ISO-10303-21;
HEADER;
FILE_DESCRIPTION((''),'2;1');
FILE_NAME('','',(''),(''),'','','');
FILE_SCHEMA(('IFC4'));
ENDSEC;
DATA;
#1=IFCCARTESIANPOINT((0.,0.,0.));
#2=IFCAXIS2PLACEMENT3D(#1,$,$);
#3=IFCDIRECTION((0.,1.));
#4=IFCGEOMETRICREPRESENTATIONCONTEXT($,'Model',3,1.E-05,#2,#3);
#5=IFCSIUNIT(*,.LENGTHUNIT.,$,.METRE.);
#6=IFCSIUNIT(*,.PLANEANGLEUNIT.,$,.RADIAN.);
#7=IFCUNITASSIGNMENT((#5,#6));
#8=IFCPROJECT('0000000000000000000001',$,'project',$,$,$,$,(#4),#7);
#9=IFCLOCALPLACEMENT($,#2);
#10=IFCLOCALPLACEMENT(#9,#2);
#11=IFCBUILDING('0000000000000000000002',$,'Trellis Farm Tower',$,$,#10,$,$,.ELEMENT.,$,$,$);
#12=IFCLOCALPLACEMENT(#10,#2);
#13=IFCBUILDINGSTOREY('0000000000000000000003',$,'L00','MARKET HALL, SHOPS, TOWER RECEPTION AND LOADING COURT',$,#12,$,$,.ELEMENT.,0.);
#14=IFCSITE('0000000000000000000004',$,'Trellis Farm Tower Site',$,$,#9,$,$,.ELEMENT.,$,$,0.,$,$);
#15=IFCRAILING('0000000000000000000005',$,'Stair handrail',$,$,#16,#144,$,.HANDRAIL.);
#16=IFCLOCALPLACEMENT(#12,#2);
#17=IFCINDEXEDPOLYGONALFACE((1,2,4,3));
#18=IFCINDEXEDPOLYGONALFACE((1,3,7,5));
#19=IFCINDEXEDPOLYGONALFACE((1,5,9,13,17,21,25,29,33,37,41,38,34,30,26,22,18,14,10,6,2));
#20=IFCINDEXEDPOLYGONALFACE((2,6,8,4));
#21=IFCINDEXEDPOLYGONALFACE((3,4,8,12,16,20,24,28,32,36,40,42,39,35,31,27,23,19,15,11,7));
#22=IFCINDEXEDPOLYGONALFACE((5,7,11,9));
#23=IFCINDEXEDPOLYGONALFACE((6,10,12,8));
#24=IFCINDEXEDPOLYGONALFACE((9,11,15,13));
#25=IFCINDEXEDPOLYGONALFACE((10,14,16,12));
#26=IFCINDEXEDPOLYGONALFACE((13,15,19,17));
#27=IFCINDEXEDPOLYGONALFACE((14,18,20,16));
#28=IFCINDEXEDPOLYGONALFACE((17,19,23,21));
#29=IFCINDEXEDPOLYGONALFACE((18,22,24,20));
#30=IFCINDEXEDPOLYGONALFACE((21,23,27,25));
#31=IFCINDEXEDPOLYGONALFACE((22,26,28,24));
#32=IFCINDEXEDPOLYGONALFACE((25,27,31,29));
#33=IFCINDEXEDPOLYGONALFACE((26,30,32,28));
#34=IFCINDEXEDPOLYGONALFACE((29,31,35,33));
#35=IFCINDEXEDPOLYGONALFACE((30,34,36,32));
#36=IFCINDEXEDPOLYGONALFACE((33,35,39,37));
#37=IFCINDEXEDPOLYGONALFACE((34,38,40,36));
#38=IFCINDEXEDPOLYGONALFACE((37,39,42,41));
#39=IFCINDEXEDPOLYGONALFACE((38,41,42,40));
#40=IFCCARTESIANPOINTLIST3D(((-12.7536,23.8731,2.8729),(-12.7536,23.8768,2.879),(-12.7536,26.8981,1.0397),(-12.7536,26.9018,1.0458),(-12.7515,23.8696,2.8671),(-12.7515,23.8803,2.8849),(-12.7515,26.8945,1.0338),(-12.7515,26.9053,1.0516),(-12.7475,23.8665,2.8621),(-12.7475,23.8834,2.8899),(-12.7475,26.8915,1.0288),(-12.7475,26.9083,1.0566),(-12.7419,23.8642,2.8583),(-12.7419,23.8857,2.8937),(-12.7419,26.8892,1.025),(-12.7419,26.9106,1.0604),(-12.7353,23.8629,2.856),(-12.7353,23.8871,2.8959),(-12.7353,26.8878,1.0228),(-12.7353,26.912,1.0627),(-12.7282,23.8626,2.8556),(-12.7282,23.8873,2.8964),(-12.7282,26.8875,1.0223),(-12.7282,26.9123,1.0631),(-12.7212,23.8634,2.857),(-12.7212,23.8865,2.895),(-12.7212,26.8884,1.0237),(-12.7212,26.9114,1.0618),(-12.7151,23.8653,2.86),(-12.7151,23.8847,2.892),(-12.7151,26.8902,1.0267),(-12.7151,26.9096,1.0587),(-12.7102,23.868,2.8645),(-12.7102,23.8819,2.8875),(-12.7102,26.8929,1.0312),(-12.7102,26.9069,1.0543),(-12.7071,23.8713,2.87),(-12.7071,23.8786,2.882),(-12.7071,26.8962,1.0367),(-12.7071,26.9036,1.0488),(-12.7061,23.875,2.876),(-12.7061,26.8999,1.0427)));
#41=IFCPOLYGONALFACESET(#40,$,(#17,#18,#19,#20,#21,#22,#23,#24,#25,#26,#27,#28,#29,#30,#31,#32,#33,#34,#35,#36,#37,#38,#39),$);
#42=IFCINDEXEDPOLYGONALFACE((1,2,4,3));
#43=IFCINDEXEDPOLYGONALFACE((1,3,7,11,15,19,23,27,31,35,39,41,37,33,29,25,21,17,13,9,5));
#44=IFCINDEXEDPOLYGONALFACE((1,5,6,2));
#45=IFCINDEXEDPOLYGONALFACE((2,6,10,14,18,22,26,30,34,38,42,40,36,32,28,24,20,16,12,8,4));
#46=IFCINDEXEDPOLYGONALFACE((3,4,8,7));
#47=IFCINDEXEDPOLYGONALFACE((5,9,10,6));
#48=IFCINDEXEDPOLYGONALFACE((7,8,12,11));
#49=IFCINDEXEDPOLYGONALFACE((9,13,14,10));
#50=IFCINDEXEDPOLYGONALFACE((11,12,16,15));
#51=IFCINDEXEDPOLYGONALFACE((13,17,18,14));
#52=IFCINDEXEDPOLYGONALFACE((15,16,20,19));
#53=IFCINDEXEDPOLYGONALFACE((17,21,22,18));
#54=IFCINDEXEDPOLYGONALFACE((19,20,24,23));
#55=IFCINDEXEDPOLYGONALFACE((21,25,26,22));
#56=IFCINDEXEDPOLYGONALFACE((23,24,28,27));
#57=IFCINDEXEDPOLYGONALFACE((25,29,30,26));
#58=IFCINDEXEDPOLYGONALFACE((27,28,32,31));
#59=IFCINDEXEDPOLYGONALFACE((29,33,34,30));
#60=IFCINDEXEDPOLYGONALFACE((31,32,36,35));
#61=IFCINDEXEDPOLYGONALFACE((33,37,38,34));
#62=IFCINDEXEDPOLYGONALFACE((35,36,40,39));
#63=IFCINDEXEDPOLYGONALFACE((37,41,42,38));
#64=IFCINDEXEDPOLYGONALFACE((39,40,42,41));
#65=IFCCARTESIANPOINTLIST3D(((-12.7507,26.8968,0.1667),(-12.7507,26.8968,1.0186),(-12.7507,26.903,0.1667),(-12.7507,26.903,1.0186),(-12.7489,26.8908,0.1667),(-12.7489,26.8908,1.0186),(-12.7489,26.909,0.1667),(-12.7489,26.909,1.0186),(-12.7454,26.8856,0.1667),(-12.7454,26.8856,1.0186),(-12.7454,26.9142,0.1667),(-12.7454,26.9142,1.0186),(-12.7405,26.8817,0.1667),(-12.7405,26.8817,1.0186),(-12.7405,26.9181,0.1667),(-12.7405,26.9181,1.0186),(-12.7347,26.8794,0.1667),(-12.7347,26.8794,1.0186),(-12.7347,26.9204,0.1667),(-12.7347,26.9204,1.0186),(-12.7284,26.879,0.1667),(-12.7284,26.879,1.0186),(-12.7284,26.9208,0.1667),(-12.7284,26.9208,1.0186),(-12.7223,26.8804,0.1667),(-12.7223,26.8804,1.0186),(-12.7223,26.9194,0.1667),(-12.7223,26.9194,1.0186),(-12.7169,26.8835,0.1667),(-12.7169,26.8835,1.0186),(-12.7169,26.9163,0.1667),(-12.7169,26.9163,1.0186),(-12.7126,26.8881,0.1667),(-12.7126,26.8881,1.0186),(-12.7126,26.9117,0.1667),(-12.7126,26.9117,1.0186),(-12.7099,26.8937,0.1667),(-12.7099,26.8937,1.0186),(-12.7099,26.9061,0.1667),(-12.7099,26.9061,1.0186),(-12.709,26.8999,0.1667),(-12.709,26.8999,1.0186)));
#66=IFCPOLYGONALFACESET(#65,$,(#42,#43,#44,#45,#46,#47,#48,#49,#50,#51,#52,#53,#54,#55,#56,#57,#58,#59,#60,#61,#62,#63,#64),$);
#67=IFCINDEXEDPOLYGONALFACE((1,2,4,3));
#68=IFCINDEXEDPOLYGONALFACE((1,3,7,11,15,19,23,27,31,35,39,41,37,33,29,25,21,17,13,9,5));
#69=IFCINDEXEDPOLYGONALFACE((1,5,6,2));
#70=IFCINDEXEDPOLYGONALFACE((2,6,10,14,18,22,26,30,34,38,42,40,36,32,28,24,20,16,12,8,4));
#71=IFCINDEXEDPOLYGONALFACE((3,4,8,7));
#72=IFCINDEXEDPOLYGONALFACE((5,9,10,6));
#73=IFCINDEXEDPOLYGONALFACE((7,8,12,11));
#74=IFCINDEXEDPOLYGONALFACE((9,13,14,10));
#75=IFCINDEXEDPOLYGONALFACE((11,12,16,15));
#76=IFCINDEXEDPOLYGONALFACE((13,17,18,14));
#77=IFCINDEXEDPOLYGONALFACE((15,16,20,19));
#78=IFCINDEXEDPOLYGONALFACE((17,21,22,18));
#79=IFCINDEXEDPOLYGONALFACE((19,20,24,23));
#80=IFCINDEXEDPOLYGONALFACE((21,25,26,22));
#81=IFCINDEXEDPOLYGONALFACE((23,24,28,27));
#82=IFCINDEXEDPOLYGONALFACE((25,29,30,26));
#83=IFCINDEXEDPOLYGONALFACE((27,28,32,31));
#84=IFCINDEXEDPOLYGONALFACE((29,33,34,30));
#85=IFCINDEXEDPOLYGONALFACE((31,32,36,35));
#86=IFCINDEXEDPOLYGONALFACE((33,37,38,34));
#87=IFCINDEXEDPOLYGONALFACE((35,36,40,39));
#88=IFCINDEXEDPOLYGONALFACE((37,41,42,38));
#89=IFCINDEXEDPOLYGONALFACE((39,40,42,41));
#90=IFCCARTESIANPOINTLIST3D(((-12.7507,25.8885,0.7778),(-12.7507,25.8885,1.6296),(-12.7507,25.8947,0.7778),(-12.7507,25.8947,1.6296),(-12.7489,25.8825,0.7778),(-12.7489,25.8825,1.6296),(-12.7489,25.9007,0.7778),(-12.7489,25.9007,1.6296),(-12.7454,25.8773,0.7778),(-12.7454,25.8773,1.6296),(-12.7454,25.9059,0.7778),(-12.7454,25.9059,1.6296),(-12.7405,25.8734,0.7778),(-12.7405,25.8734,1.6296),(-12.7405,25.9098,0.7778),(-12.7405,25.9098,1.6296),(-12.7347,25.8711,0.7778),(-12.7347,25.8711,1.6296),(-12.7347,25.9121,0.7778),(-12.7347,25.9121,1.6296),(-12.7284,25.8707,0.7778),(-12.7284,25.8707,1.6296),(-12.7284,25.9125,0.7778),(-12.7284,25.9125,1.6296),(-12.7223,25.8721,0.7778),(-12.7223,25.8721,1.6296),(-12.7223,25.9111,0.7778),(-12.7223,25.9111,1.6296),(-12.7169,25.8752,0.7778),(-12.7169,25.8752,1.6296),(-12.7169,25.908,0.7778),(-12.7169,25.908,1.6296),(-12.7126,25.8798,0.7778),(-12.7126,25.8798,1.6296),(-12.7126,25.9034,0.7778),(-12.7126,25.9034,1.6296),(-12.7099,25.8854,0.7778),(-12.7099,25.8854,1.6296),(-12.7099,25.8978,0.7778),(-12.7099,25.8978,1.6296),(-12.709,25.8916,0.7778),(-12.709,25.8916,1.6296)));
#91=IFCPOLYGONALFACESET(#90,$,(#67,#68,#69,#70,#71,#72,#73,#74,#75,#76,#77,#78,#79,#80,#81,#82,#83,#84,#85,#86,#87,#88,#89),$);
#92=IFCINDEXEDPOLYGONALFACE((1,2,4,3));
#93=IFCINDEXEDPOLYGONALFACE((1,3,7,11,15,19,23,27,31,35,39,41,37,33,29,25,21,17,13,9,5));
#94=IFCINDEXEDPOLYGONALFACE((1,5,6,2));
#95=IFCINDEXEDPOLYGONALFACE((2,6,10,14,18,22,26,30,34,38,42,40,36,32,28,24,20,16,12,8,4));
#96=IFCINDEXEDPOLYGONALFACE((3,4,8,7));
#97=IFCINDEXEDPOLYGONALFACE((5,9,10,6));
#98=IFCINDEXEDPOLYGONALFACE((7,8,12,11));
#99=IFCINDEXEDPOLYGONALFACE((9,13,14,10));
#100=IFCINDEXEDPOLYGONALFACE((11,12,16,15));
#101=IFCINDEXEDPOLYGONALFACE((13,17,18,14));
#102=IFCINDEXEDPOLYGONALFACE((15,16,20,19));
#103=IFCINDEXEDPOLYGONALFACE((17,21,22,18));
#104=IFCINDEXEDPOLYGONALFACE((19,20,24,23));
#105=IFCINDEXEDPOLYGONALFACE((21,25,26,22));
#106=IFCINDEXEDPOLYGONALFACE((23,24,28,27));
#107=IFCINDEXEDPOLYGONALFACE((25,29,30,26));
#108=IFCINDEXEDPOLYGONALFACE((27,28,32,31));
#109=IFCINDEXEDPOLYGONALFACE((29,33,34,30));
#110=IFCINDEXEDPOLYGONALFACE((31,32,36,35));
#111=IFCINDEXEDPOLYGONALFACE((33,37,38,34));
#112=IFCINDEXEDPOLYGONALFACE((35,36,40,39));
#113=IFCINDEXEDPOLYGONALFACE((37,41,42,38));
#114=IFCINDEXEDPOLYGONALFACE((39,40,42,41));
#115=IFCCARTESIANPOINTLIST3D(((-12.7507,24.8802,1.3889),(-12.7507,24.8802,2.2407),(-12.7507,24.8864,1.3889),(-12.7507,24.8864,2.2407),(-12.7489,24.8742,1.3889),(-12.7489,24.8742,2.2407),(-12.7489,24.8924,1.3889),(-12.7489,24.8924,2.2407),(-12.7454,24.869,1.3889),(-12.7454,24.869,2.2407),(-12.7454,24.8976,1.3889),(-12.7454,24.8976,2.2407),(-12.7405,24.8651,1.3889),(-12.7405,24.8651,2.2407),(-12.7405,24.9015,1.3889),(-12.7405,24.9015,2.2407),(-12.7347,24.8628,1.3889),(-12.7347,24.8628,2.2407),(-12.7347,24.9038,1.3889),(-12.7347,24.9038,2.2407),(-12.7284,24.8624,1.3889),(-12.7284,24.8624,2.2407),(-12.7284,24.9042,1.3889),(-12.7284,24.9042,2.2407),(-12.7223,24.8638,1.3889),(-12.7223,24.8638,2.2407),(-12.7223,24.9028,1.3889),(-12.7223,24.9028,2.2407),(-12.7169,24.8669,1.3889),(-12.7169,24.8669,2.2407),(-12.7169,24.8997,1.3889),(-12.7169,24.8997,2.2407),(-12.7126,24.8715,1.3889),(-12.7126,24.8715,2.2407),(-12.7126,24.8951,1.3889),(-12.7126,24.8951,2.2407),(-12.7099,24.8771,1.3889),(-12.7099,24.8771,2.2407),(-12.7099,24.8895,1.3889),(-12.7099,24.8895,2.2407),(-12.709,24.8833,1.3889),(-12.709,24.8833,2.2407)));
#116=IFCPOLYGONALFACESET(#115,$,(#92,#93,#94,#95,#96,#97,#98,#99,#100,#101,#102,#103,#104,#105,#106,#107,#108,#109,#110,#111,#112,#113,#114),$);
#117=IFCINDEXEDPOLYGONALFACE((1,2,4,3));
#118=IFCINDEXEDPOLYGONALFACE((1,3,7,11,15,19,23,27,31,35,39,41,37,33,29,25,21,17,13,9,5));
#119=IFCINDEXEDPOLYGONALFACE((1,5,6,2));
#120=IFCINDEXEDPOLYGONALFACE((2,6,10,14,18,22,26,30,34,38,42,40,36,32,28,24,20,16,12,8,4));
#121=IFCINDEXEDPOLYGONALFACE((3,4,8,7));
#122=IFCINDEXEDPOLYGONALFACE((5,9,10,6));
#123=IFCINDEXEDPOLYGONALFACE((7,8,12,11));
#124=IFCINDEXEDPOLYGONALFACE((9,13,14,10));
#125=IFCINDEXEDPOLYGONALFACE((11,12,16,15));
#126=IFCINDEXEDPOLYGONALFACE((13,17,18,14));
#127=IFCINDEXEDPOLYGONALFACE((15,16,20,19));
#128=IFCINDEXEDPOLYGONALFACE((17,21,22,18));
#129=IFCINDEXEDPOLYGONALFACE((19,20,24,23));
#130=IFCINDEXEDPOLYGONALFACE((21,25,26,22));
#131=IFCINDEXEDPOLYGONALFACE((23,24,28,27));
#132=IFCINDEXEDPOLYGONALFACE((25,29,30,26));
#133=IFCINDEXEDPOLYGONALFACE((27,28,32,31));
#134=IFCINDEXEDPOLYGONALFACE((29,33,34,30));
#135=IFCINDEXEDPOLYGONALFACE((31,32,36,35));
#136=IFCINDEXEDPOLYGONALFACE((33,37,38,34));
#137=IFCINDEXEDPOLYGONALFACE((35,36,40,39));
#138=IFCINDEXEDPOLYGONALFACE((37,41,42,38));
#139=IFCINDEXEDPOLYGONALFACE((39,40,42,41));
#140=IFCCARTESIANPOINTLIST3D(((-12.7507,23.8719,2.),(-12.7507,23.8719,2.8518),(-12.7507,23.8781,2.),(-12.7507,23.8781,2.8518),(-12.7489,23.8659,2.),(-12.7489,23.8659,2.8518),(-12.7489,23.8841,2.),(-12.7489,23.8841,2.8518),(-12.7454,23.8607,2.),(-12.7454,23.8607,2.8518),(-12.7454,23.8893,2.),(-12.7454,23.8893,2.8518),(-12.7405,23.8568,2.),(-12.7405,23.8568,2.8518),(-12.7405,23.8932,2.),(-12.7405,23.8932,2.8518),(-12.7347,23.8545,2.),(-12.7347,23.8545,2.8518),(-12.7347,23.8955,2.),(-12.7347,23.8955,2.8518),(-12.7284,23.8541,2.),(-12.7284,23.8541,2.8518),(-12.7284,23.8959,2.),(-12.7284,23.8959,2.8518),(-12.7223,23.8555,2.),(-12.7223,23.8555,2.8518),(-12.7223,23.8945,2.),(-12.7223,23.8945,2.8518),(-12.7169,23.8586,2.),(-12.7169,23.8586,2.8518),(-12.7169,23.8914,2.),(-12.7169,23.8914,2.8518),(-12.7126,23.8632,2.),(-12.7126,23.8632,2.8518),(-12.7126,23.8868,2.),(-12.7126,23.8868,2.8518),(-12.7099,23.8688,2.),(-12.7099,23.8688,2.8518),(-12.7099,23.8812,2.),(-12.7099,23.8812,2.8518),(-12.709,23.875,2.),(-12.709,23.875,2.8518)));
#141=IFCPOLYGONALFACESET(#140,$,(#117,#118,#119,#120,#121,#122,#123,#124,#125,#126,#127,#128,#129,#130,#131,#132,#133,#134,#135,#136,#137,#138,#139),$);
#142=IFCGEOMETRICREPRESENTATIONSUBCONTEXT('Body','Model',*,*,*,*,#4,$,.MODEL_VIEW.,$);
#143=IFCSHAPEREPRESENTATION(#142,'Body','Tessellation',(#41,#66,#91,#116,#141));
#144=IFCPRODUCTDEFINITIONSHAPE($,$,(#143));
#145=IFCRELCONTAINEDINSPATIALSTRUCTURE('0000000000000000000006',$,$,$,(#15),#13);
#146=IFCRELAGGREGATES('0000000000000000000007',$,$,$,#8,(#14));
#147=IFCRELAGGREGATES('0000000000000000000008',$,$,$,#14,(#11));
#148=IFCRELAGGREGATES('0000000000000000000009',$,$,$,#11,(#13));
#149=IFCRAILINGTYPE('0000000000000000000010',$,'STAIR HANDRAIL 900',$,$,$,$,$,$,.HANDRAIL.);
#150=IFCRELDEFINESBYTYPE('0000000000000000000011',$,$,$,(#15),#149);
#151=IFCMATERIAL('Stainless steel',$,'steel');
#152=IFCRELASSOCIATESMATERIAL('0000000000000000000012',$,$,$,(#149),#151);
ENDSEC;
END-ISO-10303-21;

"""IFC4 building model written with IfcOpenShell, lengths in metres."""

from ifc_helpers import new_model, si_unit, direction, frame, origin, origin_2d, place, context, subcontext, project, spatial, circle, extrude, source, transform, mapped, material, type_object, element, save


model = new_model("IFC4")

# Units and contexts
model_context = context("Model", 3, precision=1e-05, world=origin(), true_north=direction((0.0, 1.0)))
body_context = subcontext(model_context, "Body", "Model", "MODEL_VIEW")
ifc_project = project(units=[si_unit("LENGTHUNIT", "METRE"), si_unit("PLANEANGLEUNIT", "RADIAN")], contexts=[model_context])

# Site, building, storey
site_placement = place(None, origin())
site = spatial("IfcSite", under=ifc_project, at=site_placement, Name="Trellis Farm Tower Site", CompositionType="ELEMENT", RefElevation=0.0)
building_placement = place(site_placement, origin())
building = spatial("IfcBuilding", under=site, at=building_placement, Name="Trellis Farm Tower", CompositionType="ELEMENT")
storey_placement = place(building_placement, origin())
storey = spatial("IfcBuildingStorey", under=building, at=storey_placement, Name="L00", Description="MARKET HALL, SHOPS, TOWER RECEPTION AND LOADING COURT", CompositionType="ELEMENT", Elevation=0.0)

# Railing
ifc_material_1 = material(Name="Stainless steel", Category="steel")
railing_type = type_object("IfcRailingType", Name="STAIR HANDRAIL 900", PredefinedType="HANDRAIL", material=ifc_material_1)
shared_shape_1 = source(origin(), body_context, "Body", "SweptSolid", [
    extrude(circle(Radius=0.0239, at=origin_2d()), frame((0.0, 0.0, 0.876), z_axis=(0.0, -0.855201, 0.518297), x_axis=(1.0, 0.0, 0.0)), (0.0, 0.0, 1.0), 3.5371),
    extrude(circle(Radius=0.021, at=origin_2d()), origin(), (0.0, 0.0, 1.0), 0.8518),
    extrude(circle(Radius=0.021, at=origin_2d()), frame((0.0, -1.0083, 0.6111)), (0.0, 0.0, 1.0), 0.8518),
    extrude(circle(Radius=0.021, at=origin_2d()), frame((0.0, -2.0166, 1.2222)), (0.0, 0.0, 1.0), 0.8518),
    extrude(circle(Radius=0.021, at=origin_2d()), frame((0.0, -3.0249, 1.8333)), (0.0, 0.0, 1.0), 0.8518),
])
for number, where, name in (
    (1, (-12.73, 26.8999, 0.1667), "Stair handrail"),
):
    element("IfcRailing", number, at=place(storey_placement, frame(where)), inside=storey, type_object=railing_type, Name=name, PredefinedType="HANDRAIL", context=body_context, shape_type="MappedRepresentation", body=[
        mapped(shared_shape_1, transform((0.0, 0.0, 0.0))),
    ])

save(model, "model.ifc")
